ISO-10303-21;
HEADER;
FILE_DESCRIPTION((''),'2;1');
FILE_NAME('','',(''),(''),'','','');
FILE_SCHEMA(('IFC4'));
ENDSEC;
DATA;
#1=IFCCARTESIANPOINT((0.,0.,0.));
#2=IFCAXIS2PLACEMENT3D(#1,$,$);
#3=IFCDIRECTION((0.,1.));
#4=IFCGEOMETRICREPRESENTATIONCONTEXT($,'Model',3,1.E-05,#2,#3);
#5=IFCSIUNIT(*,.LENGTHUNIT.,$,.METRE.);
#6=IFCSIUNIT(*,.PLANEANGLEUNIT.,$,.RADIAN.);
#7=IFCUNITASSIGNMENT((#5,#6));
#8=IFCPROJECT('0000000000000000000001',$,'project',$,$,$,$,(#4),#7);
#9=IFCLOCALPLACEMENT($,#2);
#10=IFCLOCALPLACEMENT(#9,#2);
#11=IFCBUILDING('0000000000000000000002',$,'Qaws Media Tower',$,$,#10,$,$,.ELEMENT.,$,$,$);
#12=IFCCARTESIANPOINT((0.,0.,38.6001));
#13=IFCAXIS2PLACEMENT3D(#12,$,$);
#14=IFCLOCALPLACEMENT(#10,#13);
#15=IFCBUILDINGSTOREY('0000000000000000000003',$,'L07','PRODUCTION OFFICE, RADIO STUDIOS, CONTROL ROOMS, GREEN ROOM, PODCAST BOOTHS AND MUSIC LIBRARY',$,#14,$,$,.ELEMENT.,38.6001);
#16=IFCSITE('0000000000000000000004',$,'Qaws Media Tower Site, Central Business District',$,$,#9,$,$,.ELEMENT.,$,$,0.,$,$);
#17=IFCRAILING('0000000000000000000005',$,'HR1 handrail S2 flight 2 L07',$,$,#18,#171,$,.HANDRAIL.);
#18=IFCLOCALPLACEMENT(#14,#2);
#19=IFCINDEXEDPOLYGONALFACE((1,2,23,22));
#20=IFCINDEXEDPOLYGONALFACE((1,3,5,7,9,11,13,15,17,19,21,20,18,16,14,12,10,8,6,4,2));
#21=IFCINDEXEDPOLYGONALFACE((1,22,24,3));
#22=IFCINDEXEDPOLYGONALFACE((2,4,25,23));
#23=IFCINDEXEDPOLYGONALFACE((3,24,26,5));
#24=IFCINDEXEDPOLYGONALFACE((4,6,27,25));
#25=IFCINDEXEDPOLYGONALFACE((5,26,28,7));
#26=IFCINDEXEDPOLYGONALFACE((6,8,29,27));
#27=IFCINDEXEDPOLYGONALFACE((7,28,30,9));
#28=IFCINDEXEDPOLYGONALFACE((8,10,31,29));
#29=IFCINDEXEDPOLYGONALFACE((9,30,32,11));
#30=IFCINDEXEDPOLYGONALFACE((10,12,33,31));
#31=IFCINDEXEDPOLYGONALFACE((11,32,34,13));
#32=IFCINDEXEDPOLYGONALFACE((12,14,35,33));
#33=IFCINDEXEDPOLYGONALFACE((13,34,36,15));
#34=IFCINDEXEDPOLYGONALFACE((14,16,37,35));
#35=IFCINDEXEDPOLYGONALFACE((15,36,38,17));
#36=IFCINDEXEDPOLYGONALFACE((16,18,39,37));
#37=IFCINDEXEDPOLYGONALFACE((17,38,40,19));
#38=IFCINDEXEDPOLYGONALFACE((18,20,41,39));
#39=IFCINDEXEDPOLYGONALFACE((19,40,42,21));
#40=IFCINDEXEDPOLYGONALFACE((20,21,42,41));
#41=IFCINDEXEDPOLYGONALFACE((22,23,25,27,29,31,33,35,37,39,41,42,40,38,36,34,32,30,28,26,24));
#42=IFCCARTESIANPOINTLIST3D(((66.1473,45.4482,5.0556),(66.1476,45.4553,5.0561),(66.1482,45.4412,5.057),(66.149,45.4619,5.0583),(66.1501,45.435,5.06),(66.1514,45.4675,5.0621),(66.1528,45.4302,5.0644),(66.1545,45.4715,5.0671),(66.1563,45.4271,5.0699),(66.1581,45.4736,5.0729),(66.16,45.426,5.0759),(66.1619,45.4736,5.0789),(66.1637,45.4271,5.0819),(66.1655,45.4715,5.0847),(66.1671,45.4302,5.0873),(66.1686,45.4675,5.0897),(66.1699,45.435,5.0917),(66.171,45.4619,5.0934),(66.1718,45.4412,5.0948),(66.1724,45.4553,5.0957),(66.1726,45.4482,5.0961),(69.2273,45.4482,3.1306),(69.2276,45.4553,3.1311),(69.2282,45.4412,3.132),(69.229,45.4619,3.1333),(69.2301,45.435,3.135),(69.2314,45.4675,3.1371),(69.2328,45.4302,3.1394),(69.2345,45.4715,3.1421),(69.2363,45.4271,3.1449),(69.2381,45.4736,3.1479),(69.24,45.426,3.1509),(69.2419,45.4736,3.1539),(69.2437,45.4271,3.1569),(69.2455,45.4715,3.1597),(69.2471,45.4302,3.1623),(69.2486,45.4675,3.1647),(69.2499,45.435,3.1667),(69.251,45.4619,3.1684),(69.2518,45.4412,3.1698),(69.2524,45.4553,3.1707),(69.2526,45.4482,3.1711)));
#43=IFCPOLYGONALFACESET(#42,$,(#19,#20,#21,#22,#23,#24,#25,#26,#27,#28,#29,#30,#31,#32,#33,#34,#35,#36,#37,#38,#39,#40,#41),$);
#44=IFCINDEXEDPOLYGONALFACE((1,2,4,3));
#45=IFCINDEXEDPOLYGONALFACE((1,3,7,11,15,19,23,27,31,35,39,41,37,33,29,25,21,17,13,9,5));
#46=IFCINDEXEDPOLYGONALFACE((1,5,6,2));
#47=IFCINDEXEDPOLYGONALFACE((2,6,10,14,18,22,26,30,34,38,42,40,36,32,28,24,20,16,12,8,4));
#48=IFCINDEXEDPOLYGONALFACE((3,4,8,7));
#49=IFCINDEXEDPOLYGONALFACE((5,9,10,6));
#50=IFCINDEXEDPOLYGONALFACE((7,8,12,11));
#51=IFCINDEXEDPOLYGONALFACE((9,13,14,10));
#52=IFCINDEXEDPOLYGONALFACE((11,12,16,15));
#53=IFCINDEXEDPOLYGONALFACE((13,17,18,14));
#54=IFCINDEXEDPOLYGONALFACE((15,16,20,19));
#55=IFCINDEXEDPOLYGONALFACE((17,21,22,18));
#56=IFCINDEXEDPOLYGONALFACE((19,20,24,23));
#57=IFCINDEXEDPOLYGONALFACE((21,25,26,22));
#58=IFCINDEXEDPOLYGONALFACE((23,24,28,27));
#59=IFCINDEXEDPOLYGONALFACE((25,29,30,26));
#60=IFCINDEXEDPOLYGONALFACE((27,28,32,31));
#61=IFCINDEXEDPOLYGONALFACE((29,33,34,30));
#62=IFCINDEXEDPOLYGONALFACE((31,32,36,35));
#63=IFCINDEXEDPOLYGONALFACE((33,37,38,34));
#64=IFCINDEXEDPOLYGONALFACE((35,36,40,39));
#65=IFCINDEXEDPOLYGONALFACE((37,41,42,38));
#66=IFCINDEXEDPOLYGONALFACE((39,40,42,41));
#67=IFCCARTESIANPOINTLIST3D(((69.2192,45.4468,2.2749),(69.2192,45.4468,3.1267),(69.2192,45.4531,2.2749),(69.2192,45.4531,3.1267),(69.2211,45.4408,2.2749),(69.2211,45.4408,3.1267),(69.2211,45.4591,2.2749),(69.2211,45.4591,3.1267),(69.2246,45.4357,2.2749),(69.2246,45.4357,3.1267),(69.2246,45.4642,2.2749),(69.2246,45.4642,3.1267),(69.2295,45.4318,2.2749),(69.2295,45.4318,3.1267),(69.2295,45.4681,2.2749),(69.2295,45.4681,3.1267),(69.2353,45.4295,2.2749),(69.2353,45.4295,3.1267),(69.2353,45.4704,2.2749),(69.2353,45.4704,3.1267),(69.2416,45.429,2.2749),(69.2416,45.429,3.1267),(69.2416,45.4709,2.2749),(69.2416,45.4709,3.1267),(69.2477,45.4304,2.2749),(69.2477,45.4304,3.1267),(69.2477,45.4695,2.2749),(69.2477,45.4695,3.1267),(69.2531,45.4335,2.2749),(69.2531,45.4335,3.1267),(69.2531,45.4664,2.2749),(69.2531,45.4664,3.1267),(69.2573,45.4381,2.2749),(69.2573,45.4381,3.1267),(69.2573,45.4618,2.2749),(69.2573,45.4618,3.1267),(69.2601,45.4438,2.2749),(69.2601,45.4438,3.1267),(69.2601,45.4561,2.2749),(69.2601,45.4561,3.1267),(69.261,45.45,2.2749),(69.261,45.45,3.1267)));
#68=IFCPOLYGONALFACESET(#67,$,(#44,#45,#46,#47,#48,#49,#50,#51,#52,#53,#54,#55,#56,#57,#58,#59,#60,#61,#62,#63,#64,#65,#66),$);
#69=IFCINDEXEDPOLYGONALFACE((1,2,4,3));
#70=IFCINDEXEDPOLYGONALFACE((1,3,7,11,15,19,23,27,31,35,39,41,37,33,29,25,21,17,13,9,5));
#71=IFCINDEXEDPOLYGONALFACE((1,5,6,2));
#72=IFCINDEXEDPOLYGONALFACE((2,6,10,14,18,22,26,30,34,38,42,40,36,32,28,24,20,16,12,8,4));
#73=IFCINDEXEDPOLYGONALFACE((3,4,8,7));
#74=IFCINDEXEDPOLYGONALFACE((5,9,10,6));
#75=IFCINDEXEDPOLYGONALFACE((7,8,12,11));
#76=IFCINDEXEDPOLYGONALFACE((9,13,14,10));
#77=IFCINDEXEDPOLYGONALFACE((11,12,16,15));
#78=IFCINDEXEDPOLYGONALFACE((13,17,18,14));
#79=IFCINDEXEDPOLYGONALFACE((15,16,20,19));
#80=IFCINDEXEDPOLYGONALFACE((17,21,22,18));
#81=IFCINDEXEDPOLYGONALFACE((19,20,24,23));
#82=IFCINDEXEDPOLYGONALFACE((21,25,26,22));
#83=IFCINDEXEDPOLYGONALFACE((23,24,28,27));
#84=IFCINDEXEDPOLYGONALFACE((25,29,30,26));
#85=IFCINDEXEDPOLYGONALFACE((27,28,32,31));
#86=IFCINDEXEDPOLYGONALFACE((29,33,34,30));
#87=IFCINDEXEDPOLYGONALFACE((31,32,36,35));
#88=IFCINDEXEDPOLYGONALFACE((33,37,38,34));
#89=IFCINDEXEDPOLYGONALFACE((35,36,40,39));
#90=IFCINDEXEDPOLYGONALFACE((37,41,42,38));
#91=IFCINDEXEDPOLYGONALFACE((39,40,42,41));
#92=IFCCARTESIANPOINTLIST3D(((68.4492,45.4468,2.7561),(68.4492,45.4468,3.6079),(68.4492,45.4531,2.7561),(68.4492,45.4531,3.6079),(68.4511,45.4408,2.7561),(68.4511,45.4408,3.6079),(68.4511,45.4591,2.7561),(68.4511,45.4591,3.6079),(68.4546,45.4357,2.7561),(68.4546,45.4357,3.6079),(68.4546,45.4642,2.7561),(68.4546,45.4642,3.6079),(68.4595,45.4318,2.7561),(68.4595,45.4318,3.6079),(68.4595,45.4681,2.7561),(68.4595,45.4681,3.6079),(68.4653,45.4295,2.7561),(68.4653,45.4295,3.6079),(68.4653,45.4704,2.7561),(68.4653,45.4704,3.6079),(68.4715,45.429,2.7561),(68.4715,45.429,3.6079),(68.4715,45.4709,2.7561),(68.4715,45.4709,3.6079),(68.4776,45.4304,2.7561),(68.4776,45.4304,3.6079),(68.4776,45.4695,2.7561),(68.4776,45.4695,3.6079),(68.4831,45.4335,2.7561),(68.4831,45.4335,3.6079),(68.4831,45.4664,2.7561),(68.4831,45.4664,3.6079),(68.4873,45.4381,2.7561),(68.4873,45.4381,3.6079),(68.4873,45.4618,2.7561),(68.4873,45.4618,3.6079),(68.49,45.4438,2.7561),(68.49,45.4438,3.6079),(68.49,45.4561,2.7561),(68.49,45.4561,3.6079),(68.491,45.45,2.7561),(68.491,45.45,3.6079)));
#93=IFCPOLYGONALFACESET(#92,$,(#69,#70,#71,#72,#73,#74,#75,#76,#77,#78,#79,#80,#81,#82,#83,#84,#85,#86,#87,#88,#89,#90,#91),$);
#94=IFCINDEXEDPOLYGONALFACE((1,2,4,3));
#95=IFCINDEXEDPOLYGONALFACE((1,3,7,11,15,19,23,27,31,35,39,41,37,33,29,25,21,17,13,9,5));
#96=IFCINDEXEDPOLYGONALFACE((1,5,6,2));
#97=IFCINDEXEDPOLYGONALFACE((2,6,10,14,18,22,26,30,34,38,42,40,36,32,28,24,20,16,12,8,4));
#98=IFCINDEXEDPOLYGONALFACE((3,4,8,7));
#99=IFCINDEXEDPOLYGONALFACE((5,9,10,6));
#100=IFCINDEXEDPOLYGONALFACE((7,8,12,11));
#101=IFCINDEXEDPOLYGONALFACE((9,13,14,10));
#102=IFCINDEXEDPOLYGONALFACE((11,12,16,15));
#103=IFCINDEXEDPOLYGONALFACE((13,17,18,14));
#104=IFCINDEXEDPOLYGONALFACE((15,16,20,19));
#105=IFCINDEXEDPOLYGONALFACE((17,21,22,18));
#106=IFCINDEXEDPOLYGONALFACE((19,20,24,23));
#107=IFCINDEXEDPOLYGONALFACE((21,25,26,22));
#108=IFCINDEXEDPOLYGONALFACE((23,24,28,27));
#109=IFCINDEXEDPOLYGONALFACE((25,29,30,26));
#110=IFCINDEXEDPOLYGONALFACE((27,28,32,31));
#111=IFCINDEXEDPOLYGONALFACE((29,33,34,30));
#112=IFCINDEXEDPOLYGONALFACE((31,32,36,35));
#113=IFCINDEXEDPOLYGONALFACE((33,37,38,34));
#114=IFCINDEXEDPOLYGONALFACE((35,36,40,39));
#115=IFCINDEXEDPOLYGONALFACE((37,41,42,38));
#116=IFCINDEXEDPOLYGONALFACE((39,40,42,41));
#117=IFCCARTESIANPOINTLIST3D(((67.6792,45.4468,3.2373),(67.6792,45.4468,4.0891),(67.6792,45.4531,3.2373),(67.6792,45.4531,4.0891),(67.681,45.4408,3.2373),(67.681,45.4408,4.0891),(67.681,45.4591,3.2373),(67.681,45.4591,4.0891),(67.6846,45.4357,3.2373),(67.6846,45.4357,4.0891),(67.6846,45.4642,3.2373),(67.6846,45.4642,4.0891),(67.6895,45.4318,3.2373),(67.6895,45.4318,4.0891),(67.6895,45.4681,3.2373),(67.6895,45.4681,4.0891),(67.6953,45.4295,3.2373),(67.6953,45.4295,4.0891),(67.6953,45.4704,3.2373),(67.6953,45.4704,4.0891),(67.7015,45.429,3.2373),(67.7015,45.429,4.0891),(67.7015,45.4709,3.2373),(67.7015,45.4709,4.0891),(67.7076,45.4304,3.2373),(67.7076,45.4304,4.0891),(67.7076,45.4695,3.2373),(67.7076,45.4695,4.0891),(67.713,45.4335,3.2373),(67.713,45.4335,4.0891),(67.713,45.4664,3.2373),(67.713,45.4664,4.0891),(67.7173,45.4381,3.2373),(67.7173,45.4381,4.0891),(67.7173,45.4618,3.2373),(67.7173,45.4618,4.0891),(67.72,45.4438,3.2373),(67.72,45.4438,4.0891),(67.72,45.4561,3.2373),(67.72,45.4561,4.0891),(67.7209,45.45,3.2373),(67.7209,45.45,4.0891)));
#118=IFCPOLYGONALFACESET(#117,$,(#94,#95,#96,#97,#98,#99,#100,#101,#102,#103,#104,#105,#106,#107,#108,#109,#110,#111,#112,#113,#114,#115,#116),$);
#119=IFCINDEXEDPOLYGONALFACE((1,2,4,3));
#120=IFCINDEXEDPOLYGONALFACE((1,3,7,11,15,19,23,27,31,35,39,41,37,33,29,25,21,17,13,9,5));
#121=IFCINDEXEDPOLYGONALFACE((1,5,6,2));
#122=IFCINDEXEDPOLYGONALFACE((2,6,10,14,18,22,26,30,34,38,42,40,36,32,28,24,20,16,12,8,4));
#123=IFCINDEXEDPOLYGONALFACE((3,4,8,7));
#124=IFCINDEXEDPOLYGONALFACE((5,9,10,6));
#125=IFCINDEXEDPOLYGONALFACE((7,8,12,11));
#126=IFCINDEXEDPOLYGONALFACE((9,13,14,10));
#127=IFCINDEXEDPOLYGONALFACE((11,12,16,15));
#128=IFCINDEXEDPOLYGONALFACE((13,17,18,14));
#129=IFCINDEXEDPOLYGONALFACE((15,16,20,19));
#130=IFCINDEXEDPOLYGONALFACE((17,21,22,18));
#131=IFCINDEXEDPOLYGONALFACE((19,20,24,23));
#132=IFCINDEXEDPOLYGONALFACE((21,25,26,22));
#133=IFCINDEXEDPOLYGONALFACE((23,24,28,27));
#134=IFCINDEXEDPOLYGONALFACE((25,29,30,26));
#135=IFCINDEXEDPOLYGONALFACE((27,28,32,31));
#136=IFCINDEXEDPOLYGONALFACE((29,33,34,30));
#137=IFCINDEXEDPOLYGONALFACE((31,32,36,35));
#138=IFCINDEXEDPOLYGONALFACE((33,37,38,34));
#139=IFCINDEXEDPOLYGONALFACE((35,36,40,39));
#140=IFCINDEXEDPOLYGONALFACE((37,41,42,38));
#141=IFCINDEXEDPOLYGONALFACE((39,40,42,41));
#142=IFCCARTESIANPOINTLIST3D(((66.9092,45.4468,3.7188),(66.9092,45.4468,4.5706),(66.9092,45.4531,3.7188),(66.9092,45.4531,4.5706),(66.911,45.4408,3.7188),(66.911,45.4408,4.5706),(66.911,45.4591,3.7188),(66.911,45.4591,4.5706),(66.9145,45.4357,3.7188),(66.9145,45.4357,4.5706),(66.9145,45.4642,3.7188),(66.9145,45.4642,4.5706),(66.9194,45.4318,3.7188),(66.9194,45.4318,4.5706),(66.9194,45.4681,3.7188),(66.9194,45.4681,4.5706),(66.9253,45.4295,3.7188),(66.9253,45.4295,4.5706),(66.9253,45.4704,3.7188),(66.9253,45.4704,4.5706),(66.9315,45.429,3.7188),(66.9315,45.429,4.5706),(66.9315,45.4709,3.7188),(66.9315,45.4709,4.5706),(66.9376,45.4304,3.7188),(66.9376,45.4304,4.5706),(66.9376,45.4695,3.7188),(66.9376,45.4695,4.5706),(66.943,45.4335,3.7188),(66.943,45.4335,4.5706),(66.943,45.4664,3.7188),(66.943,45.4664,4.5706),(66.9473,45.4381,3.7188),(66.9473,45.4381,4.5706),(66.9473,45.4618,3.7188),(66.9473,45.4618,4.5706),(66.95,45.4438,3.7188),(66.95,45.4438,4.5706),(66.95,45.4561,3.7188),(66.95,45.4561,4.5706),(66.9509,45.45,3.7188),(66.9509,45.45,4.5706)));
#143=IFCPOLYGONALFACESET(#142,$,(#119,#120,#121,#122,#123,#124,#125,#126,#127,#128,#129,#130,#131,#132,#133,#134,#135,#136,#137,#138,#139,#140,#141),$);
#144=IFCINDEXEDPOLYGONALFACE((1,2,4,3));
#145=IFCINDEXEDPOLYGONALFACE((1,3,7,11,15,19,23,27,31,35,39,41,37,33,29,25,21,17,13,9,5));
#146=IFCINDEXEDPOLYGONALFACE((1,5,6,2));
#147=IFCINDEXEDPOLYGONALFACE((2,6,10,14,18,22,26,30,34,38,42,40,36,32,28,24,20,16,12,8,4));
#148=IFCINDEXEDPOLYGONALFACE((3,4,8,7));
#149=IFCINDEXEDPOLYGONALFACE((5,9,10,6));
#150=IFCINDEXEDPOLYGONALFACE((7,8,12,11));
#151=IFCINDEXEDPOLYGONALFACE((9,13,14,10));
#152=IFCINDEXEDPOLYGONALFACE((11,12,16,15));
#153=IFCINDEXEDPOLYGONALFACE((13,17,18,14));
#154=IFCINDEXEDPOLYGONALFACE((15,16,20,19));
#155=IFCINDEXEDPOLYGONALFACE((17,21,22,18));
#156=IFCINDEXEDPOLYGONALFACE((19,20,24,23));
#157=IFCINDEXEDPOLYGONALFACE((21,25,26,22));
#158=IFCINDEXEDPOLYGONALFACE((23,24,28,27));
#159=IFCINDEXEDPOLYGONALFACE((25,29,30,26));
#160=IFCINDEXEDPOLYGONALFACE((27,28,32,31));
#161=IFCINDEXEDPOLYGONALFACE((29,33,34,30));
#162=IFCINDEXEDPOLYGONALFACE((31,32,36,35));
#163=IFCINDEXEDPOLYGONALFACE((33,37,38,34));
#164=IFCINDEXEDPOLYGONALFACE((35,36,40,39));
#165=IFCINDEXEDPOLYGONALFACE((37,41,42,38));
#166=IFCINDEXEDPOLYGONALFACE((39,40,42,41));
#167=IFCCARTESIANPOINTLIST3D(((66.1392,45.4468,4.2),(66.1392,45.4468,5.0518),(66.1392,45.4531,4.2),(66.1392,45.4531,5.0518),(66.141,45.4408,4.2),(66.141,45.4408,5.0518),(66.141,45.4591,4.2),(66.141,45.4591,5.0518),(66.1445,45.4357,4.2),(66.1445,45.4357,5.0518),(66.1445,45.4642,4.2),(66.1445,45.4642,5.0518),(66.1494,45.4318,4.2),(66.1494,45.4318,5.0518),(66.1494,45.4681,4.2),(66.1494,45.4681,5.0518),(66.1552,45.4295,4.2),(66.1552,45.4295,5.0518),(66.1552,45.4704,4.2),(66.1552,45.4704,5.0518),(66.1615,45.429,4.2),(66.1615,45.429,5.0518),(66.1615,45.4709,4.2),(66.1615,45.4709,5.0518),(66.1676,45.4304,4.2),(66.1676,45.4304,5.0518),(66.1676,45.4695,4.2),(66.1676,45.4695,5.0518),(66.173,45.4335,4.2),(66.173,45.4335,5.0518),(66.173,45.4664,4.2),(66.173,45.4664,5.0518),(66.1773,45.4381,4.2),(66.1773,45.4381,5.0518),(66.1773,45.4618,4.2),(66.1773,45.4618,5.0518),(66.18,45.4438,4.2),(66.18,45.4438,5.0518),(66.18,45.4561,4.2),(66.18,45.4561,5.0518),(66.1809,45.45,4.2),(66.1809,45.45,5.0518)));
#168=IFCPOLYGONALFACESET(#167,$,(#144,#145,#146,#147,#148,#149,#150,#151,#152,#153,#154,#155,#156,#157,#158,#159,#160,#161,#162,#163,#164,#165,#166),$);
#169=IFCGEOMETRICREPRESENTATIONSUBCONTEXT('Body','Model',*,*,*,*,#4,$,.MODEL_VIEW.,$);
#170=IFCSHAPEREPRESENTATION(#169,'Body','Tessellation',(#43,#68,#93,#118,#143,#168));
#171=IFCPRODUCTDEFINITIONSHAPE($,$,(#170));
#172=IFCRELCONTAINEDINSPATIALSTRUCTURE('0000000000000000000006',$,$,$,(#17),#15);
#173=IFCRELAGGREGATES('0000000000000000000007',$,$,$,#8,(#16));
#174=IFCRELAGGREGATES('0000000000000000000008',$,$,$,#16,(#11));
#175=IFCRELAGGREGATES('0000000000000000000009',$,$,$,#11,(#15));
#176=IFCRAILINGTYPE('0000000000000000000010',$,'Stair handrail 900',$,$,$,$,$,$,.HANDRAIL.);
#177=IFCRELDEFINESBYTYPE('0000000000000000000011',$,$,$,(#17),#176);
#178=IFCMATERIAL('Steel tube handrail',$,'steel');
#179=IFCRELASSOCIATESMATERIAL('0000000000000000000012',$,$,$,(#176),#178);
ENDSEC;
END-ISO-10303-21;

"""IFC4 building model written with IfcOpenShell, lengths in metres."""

from ifc_helpers import new_model, si_unit, direction, frame, origin, origin_2d, place, context, subcontext, project, spatial, circle, extrude, material, type_object, element, save


model = new_model("IFC4")

# Units and contexts
model_context = context("Model", 3, precision=1e-05, world=origin(), true_north=direction((0.0, 1.0)))
body_context = subcontext(model_context, "Body", "Model", "MODEL_VIEW")
ifc_project = project(units=[si_unit("LENGTHUNIT", "METRE"), si_unit("PLANEANGLEUNIT", "RADIAN")], contexts=[model_context])

# Site, building, storey
site_placement = place(None, origin())
site = spatial("IfcSite", under=ifc_project, at=site_placement, Name="Qaws Media Tower Site, Central Business District", CompositionType="ELEMENT", RefElevation=0.0)
building_placement = place(site_placement, origin())
building = spatial("IfcBuilding", under=site, at=building_placement, Name="Qaws Media Tower", CompositionType="ELEMENT")
storey_placement = place(building_placement, frame((0.0, 0.0, 38.6001)))
storey = spatial("IfcBuildingStorey", under=building, at=storey_placement, Name="L07", Description="PRODUCTION OFFICE, RADIO STUDIOS, CONTROL ROOMS, GREEN ROOM, PODCAST BOOTHS AND MUSIC LIBRARY", CompositionType="ELEMENT", Elevation=38.6001)

# Railing
ifc_material_1 = material(Name="Steel tube handrail", Category="steel")
railing_type = type_object("IfcRailingType", Name="Stair handrail 900", PredefinedType="HANDRAIL", material=ifc_material_1)
for number, where, name in (
    (1, (69.24, 45.45, 2.2749), "HR1 handrail S2 flight 2 L07"),
):
    element("IfcRailing", number, at=place(storey_placement, frame(where)), inside=storey, type_object=railing_type, Name=name, PredefinedType="HANDRAIL", context=body_context, shape_type="SweptSolid", body=[
        extrude(circle(Radius=0.0239, at=origin_2d()), frame((0.0, 0.0, 0.876), z_axis=(-0.847998, 0.0, 0.529999), x_axis=(0.0, -1.0, 0.0)), (0.0, 0.0, 1.0), 3.6321),
        extrude(circle(Radius=0.021, at=origin_2d()), origin(), (0.0, 0.0, 1.0), 0.8518),
        extrude(circle(Radius=0.021, at=origin_2d()), frame((-0.77, 0.0, 0.4812)), (0.0, 0.0, 1.0), 0.8518),
        extrude(circle(Radius=0.021, at=origin_2d()), frame((-1.54, 0.0, 0.9624)), (0.0, 0.0, 1.0), 0.8518),
        extrude(circle(Radius=0.021, at=origin_2d()), frame((-2.3101, 0.0, 1.4438)), (0.0, 0.0, 1.0), 0.8518),
        extrude(circle(Radius=0.021, at=origin_2d()), frame((-3.0801, 0.0, 1.925)), (0.0, 0.0, 1.0), 0.8518),
    ])

save(model, "model.ifc")
